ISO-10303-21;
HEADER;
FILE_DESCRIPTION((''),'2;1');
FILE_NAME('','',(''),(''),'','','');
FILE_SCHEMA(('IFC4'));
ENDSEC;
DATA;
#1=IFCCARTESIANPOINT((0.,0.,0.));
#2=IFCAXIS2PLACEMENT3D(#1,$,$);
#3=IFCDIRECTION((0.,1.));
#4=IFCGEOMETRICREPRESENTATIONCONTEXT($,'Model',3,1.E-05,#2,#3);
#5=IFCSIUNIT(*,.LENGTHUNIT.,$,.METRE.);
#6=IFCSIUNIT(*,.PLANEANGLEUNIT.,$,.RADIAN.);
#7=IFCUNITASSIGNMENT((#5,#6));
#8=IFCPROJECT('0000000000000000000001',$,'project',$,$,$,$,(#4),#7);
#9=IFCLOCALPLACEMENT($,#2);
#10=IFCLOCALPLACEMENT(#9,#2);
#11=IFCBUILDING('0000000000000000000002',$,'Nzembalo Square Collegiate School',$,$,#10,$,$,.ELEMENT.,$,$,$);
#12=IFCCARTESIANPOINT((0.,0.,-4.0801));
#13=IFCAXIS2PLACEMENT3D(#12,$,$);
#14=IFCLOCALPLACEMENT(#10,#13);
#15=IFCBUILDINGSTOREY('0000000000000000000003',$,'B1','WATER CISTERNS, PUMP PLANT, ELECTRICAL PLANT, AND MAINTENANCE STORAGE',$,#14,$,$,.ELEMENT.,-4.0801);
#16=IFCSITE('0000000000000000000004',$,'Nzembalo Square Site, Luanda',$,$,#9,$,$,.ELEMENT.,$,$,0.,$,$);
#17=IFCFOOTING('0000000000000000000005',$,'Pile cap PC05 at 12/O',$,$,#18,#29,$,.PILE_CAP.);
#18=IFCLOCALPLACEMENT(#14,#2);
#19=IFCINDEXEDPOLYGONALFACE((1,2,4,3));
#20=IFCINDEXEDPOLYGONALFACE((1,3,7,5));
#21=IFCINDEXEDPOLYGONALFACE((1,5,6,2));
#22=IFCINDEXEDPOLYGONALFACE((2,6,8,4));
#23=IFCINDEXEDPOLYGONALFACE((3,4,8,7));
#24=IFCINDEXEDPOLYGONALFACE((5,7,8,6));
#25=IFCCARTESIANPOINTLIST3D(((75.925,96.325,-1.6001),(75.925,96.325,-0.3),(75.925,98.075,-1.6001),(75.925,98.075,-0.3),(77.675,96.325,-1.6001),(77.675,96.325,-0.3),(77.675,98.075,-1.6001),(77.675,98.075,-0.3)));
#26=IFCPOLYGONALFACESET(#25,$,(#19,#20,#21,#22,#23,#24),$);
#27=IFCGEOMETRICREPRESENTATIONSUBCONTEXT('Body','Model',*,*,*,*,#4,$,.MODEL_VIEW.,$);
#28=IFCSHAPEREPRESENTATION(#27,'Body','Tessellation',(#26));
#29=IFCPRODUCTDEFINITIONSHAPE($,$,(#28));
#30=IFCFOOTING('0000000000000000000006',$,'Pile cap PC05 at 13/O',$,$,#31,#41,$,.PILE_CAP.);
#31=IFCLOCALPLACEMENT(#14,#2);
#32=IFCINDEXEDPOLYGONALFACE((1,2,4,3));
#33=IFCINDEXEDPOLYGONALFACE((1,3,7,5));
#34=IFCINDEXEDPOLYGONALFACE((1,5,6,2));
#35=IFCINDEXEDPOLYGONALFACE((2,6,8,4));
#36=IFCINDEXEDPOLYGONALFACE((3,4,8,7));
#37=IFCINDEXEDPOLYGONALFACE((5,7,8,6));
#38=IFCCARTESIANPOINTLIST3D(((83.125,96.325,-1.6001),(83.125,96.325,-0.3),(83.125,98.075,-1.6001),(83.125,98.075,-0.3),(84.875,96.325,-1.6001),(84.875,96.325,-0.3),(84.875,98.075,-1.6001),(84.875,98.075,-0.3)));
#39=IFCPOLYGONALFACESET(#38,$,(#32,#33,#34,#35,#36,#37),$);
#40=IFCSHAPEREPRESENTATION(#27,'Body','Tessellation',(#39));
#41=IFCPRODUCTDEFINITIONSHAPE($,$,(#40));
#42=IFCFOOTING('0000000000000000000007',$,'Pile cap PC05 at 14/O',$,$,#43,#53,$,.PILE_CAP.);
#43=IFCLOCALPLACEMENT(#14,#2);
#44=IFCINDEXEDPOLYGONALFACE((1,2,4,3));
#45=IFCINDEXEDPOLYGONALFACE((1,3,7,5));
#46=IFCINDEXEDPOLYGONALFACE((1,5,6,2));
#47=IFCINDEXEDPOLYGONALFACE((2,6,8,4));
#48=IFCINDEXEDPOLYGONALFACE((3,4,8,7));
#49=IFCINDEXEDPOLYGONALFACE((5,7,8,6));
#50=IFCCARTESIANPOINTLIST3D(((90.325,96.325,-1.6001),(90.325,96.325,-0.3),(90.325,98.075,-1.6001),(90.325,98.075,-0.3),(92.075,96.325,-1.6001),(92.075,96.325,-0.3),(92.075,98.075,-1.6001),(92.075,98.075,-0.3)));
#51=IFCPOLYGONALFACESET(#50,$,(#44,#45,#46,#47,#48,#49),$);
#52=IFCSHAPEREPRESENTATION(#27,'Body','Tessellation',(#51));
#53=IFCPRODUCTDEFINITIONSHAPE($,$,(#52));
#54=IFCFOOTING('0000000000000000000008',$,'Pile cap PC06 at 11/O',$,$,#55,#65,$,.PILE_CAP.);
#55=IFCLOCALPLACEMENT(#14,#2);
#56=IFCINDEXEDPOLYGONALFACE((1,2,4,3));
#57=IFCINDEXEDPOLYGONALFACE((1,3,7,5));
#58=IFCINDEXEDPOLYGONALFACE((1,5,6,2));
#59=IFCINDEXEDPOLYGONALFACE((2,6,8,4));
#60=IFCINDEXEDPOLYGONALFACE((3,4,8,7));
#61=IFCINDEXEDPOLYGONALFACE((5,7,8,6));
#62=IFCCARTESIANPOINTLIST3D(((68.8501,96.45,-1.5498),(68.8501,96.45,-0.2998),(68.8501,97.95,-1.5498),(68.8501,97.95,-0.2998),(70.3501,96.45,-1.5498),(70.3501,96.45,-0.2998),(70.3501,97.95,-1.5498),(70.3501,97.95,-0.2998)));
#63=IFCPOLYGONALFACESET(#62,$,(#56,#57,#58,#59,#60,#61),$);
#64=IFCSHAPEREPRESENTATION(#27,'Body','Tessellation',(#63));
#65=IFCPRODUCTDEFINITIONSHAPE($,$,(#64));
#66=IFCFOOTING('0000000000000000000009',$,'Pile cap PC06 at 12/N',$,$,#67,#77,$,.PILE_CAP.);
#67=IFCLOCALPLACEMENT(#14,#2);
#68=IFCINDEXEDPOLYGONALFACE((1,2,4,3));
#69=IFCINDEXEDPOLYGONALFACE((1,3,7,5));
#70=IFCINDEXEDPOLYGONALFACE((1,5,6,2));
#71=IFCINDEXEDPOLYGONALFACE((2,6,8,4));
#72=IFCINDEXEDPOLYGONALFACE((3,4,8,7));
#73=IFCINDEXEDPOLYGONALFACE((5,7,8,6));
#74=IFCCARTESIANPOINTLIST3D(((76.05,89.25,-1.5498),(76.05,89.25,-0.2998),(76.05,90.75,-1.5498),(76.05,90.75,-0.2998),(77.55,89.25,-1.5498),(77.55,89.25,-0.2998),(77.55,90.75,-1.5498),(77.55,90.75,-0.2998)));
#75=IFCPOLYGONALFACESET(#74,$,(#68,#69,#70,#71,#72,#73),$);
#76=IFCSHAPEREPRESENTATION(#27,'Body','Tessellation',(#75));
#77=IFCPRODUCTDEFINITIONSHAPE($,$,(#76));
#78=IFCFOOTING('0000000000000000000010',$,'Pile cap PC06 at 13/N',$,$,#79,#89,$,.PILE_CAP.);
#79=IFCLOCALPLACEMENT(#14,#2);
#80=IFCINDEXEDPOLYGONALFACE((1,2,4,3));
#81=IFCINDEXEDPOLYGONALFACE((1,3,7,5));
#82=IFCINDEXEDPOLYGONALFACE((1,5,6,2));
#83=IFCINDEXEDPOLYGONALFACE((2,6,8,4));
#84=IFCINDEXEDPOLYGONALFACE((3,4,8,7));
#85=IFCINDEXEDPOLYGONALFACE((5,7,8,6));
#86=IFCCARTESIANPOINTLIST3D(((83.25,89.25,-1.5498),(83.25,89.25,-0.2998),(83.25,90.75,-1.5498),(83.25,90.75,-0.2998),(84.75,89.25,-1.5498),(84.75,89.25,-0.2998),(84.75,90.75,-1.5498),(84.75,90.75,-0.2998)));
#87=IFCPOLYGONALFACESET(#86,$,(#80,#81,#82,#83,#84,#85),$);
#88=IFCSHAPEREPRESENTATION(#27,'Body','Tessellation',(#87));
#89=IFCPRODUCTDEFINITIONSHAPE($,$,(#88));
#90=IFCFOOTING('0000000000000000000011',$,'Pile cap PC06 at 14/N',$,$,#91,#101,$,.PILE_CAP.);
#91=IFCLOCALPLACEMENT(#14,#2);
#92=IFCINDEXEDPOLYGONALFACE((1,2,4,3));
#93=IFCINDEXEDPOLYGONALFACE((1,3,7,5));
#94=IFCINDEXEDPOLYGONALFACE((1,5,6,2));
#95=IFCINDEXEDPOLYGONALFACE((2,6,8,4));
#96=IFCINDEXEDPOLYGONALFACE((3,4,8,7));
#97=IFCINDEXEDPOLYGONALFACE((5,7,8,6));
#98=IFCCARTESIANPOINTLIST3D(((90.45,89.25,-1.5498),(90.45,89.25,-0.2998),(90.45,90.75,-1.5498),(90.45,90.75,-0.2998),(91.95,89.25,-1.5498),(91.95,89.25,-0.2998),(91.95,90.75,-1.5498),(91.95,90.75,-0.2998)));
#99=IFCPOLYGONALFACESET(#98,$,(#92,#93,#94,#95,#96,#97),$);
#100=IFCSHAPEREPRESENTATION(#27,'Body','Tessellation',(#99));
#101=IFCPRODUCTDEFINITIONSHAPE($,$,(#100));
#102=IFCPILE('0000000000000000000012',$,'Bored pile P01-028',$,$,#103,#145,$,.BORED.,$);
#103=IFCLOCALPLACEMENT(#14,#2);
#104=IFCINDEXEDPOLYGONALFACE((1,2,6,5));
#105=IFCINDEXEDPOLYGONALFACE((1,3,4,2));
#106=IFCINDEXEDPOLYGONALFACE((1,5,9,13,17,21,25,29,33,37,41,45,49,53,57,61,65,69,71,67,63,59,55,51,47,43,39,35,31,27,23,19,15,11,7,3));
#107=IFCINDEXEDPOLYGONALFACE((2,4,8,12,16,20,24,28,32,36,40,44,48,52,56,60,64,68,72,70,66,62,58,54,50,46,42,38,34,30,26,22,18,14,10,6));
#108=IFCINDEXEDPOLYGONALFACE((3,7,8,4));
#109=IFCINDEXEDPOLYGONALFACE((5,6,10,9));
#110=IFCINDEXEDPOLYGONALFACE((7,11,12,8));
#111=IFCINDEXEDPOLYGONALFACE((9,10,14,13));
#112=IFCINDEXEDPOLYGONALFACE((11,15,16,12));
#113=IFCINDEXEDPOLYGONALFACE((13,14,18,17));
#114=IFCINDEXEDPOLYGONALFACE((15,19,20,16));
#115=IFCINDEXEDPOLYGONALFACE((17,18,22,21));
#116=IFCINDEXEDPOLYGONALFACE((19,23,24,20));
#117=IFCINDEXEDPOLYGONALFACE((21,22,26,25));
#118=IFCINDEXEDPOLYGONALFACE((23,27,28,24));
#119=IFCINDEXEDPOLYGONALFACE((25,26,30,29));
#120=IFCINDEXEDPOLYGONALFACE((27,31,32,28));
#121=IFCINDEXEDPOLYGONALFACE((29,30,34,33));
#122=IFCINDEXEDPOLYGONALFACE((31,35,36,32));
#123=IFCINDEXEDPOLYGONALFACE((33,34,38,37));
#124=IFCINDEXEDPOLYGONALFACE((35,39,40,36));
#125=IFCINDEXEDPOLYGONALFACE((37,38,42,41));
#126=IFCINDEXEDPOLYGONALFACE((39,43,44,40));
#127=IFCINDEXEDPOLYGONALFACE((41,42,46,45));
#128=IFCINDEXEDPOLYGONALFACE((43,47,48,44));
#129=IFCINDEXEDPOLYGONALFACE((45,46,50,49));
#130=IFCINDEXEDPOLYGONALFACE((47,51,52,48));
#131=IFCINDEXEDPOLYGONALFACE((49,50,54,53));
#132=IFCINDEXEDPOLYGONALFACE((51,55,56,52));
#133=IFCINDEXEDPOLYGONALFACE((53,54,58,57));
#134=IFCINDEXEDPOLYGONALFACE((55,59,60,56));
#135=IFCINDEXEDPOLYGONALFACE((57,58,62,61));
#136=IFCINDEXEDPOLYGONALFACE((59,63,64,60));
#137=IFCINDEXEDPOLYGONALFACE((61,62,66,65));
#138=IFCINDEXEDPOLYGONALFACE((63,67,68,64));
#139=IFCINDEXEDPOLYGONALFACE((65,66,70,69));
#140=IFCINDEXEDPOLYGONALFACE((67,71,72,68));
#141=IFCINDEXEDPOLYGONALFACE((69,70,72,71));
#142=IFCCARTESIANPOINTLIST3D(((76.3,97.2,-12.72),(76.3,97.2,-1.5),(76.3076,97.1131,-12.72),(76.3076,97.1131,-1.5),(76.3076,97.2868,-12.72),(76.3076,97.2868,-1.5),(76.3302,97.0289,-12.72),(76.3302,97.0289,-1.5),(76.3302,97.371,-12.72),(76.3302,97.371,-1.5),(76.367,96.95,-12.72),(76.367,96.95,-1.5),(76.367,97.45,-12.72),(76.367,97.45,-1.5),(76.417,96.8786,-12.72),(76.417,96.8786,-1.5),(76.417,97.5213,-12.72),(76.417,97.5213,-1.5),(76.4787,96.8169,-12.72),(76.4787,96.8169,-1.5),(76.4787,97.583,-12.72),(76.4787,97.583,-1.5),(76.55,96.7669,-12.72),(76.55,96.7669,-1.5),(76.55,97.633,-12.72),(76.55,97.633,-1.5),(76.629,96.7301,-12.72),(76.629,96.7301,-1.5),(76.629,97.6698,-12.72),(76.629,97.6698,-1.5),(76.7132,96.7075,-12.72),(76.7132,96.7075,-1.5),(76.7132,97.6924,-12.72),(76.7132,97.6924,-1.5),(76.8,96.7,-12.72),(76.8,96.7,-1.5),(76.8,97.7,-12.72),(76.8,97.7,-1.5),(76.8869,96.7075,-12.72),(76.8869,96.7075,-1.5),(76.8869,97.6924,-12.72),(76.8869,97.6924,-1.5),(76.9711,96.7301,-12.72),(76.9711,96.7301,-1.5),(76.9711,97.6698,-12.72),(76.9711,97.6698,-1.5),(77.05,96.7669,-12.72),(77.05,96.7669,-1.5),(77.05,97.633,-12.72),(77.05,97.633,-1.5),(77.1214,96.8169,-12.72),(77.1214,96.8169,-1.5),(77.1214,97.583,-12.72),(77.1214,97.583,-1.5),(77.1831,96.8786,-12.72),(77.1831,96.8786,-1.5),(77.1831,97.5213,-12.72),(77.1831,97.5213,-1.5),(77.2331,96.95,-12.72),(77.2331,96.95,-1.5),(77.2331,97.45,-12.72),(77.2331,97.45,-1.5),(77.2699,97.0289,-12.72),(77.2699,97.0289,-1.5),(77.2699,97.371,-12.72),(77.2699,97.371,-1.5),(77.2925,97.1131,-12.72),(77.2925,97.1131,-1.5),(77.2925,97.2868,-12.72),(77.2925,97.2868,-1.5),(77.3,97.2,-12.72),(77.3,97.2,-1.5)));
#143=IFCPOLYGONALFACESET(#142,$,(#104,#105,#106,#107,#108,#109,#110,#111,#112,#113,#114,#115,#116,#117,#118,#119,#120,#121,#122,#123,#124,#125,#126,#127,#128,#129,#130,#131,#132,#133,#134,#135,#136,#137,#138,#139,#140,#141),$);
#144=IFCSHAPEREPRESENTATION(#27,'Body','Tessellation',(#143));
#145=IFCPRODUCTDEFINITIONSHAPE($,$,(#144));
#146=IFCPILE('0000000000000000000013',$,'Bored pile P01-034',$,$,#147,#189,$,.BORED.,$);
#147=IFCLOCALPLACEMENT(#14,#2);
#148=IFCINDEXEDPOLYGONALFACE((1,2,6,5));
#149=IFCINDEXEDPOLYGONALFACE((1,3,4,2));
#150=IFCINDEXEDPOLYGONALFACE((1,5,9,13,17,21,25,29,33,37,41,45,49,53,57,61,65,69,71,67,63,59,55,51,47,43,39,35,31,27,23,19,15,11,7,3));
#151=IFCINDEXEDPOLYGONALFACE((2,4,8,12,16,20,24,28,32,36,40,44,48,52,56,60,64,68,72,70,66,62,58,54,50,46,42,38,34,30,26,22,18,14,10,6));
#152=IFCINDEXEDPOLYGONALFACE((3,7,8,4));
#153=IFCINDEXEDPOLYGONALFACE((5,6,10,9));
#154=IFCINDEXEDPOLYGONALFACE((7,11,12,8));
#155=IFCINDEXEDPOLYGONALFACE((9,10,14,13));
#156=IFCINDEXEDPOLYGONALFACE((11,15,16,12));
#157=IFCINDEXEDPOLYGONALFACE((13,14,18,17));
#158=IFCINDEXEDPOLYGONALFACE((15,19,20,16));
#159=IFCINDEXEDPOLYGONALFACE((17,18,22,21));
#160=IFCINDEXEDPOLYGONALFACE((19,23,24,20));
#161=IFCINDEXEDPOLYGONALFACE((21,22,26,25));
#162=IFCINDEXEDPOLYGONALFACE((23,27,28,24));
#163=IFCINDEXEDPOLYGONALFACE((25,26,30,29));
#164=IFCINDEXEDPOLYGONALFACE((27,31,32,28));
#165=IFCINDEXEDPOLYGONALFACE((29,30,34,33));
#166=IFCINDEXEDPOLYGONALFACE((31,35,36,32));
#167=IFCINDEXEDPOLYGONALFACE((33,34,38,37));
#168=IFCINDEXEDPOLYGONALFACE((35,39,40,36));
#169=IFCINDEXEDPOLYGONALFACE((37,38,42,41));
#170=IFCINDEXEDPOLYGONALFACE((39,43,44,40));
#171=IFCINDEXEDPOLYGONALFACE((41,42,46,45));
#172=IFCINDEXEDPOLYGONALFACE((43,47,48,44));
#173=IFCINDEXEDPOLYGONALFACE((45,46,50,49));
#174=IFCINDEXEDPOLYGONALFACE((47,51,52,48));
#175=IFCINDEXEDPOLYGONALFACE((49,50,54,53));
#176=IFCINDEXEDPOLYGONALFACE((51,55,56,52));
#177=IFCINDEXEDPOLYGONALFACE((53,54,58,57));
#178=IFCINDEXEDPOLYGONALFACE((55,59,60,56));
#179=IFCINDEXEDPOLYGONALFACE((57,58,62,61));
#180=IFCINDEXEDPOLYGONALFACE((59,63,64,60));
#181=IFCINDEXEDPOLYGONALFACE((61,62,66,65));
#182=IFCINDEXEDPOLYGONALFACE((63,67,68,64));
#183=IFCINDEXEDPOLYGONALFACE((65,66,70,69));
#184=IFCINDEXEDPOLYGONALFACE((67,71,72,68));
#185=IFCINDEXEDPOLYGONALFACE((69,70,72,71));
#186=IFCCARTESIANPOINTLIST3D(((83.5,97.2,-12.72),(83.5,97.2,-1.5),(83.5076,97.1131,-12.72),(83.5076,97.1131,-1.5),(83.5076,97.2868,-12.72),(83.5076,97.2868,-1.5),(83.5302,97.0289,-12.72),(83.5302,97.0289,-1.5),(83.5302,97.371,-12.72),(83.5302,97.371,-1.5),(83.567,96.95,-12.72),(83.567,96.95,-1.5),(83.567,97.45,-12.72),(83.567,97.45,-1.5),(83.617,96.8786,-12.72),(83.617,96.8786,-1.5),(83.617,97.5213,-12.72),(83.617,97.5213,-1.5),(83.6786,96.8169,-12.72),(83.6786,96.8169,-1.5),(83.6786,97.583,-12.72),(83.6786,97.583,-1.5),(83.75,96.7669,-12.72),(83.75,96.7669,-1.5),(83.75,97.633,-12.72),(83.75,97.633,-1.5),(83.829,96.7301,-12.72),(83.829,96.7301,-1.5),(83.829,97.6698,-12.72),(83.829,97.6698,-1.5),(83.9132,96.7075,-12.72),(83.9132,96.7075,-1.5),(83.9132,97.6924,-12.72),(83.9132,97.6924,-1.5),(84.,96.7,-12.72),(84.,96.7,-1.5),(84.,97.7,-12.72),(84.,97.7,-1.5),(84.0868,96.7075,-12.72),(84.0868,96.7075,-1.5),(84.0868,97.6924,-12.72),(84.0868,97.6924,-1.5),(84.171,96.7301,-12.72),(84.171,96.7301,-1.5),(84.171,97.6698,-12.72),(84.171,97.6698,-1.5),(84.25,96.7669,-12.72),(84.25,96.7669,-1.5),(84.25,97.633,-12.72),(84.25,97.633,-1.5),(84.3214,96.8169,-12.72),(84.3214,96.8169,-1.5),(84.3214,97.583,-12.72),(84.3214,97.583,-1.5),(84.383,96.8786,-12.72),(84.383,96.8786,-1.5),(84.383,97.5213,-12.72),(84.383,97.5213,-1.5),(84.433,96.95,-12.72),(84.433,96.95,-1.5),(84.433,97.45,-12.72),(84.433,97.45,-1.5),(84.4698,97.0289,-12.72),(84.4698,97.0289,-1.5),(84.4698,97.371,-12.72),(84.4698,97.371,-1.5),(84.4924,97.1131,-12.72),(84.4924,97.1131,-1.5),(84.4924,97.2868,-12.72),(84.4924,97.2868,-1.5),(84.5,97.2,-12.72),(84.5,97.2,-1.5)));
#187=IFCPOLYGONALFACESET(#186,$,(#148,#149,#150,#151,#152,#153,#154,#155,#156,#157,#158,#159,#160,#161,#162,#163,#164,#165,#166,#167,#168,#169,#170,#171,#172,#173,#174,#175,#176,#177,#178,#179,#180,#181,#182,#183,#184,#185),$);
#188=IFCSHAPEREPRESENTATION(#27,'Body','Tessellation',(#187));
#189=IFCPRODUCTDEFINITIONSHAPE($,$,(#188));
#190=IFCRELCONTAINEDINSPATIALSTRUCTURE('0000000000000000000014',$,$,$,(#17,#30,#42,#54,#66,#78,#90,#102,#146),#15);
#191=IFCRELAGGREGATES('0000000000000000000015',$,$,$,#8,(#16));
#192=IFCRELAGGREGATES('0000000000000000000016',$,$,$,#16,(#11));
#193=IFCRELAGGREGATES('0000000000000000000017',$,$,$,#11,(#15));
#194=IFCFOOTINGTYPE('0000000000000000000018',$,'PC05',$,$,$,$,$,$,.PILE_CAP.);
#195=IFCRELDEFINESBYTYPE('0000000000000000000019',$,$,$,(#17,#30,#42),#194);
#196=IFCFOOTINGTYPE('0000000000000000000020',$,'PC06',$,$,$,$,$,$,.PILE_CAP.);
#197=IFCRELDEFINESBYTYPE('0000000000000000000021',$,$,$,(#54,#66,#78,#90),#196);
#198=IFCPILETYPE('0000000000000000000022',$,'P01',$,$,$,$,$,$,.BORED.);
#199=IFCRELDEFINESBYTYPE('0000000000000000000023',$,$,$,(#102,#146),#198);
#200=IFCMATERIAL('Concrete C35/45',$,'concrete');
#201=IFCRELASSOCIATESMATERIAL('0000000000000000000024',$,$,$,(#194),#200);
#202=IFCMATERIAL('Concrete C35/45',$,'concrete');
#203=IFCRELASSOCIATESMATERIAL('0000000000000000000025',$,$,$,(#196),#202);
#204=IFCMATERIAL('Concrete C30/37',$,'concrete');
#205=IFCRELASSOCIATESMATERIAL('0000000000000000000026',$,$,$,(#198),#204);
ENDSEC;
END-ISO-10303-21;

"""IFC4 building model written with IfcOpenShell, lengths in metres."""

from ifc_helpers import new_model, si_unit, direction, frame, origin, origin_2d, place, context, subcontext, project, spatial, rectangle, circle, extrude, material, material_profile, profile_set, type_object, element, save


model = new_model("IFC4")

# Units and contexts
model_context = context("Model", 3, precision=1e-05, world=origin(), true_north=direction((0.0, 1.0)))
body_context = subcontext(model_context, "Body", "Model", "MODEL_VIEW")
ifc_project = project(units=[si_unit("LENGTHUNIT", "METRE"), si_unit("PLANEANGLEUNIT", "RADIAN")], contexts=[model_context])

# Site, building, storey
site_placement = place(None, origin())
site = spatial("IfcSite", under=ifc_project, at=site_placement, Name="Nzembalo Square Site, Luanda", CompositionType="ELEMENT", RefElevation=0.0)
building_placement = place(site_placement, origin())
building = spatial("IfcBuilding", under=site, at=building_placement, Name="Nzembalo Square Collegiate School", CompositionType="ELEMENT")
storey_placement = place(building_placement, frame((0.0, 0.0, -4.0801)))
storey = spatial("IfcBuildingStorey", under=building, at=storey_placement, Name="B1", Description="WATER CISTERNS, PUMP PLANT, ELECTRICAL PLANT, AND MAINTENANCE STORAGE", CompositionType="ELEMENT", Elevation=-4.0801)

# Footings
ifc_material_1 = material(Name="Concrete C35/45", Category="concrete")
footing_type_1 = type_object("IfcFootingType", Name="PC05", PredefinedType="PILE_CAP", material=ifc_material_1)
for number, where, z_axis, x_axis, name in (
    (1, (76.8, 97.2, -1.6001), (0.0, 0.0, 1.0), (1.0, 0.0, 0.0), "Pile cap PC05 at 12/O"),
    (2, (84.0, 97.2, -1.6001), (0.0, 0.0, 1.0), (1.0, 0.0, 0.0), "Pile cap PC05 at 13/O"),
    (3, (91.2, 97.2, -1.6001), (0.0, 0.0, 1.0), (1.0, 0.0, 0.0), "Pile cap PC05 at 14/O"),
):
    element("IfcFooting", number, at=place(storey_placement, frame(where, z_axis=z_axis, x_axis=x_axis)), inside=storey, type_object=footing_type_1, Name=name, PredefinedType="PILE_CAP", context=body_context, shape_type="SweptSolid", body=[
        extrude(rectangle(XDim=1.75, YDim=1.75, at=origin_2d()), origin(), (0.0, 0.0, 1.0), 1.3),
    ])
ifc_material_2 = material(Name="Concrete C35/45", Category="concrete")
footing_type_2 = type_object("IfcFootingType", Name="PC06", PredefinedType="PILE_CAP", material=ifc_material_2)
for number, where, z_axis, x_axis, name in (
    (4, (69.6001, 97.2, -1.5498), (0.0, 0.0, 1.0), (1.0, 0.0, 0.0), "Pile cap PC06 at 11/O"),
    (5, (76.8, 90.0, -1.5498), (0.0, 0.0, 1.0), (1.0, 0.0, 0.0), "Pile cap PC06 at 12/N"),
    (6, (84.0, 90.0, -1.5498), (0.0, 0.0, 1.0), (1.0, 0.0, 0.0), "Pile cap PC06 at 13/N"),
    (7, (91.2, 90.0, -1.5498), (0.0, 0.0, 1.0), (1.0, 0.0, 0.0), "Pile cap PC06 at 14/N"),
):
    element("IfcFooting", number, at=place(storey_placement, frame(where, z_axis=z_axis, x_axis=x_axis)), inside=storey, type_object=footing_type_2, Name=name, PredefinedType="PILE_CAP", context=body_context, shape_type="SweptSolid", body=[
        extrude(rectangle(XDim=1.5, YDim=1.5, at=origin_2d()), origin(), (0.0, 0.0, 1.0), 1.25),
    ])

# Piles
ifc_material_3 = material(Name="Concrete C30/37", Category="concrete")
ifc_material_profile_1 = material_profile(ifc_material_3, circle(Radius=0.5, at=origin_2d()), Name="PILE D1000")
ifc_profile_set_1 = profile_set([ifc_material_profile_1], Name="Concrete C30/37")
pile_type_1 = type_object("IfcPileType", Name="P01", PredefinedType="BORED", material=ifc_profile_set_1)
for number, where, z_axis, x_axis, name in (
    (8, (76.8, 97.2, -1.5), (0.0, 0.0, -1.0), (1.0, 0.0, 0.0), "Bored pile P01-028"),
    (9, (84.0, 97.2, -1.5), (0.0, 0.0, -1.0), (1.0, 0.0, 0.0), "Bored pile P01-034"),
):
    element("IfcPile", number, at=place(storey_placement, frame(where, z_axis=z_axis, x_axis=x_axis)), inside=storey, type_object=pile_type_1, Name=name, PredefinedType="BORED", context=body_context, shape_type="SweptSolid", body=[
        extrude(circle(Radius=0.5, at=origin_2d()), origin(), (0.0, 0.0, 1.0), 11.22),
    ])

save(model, "model.ifc")
